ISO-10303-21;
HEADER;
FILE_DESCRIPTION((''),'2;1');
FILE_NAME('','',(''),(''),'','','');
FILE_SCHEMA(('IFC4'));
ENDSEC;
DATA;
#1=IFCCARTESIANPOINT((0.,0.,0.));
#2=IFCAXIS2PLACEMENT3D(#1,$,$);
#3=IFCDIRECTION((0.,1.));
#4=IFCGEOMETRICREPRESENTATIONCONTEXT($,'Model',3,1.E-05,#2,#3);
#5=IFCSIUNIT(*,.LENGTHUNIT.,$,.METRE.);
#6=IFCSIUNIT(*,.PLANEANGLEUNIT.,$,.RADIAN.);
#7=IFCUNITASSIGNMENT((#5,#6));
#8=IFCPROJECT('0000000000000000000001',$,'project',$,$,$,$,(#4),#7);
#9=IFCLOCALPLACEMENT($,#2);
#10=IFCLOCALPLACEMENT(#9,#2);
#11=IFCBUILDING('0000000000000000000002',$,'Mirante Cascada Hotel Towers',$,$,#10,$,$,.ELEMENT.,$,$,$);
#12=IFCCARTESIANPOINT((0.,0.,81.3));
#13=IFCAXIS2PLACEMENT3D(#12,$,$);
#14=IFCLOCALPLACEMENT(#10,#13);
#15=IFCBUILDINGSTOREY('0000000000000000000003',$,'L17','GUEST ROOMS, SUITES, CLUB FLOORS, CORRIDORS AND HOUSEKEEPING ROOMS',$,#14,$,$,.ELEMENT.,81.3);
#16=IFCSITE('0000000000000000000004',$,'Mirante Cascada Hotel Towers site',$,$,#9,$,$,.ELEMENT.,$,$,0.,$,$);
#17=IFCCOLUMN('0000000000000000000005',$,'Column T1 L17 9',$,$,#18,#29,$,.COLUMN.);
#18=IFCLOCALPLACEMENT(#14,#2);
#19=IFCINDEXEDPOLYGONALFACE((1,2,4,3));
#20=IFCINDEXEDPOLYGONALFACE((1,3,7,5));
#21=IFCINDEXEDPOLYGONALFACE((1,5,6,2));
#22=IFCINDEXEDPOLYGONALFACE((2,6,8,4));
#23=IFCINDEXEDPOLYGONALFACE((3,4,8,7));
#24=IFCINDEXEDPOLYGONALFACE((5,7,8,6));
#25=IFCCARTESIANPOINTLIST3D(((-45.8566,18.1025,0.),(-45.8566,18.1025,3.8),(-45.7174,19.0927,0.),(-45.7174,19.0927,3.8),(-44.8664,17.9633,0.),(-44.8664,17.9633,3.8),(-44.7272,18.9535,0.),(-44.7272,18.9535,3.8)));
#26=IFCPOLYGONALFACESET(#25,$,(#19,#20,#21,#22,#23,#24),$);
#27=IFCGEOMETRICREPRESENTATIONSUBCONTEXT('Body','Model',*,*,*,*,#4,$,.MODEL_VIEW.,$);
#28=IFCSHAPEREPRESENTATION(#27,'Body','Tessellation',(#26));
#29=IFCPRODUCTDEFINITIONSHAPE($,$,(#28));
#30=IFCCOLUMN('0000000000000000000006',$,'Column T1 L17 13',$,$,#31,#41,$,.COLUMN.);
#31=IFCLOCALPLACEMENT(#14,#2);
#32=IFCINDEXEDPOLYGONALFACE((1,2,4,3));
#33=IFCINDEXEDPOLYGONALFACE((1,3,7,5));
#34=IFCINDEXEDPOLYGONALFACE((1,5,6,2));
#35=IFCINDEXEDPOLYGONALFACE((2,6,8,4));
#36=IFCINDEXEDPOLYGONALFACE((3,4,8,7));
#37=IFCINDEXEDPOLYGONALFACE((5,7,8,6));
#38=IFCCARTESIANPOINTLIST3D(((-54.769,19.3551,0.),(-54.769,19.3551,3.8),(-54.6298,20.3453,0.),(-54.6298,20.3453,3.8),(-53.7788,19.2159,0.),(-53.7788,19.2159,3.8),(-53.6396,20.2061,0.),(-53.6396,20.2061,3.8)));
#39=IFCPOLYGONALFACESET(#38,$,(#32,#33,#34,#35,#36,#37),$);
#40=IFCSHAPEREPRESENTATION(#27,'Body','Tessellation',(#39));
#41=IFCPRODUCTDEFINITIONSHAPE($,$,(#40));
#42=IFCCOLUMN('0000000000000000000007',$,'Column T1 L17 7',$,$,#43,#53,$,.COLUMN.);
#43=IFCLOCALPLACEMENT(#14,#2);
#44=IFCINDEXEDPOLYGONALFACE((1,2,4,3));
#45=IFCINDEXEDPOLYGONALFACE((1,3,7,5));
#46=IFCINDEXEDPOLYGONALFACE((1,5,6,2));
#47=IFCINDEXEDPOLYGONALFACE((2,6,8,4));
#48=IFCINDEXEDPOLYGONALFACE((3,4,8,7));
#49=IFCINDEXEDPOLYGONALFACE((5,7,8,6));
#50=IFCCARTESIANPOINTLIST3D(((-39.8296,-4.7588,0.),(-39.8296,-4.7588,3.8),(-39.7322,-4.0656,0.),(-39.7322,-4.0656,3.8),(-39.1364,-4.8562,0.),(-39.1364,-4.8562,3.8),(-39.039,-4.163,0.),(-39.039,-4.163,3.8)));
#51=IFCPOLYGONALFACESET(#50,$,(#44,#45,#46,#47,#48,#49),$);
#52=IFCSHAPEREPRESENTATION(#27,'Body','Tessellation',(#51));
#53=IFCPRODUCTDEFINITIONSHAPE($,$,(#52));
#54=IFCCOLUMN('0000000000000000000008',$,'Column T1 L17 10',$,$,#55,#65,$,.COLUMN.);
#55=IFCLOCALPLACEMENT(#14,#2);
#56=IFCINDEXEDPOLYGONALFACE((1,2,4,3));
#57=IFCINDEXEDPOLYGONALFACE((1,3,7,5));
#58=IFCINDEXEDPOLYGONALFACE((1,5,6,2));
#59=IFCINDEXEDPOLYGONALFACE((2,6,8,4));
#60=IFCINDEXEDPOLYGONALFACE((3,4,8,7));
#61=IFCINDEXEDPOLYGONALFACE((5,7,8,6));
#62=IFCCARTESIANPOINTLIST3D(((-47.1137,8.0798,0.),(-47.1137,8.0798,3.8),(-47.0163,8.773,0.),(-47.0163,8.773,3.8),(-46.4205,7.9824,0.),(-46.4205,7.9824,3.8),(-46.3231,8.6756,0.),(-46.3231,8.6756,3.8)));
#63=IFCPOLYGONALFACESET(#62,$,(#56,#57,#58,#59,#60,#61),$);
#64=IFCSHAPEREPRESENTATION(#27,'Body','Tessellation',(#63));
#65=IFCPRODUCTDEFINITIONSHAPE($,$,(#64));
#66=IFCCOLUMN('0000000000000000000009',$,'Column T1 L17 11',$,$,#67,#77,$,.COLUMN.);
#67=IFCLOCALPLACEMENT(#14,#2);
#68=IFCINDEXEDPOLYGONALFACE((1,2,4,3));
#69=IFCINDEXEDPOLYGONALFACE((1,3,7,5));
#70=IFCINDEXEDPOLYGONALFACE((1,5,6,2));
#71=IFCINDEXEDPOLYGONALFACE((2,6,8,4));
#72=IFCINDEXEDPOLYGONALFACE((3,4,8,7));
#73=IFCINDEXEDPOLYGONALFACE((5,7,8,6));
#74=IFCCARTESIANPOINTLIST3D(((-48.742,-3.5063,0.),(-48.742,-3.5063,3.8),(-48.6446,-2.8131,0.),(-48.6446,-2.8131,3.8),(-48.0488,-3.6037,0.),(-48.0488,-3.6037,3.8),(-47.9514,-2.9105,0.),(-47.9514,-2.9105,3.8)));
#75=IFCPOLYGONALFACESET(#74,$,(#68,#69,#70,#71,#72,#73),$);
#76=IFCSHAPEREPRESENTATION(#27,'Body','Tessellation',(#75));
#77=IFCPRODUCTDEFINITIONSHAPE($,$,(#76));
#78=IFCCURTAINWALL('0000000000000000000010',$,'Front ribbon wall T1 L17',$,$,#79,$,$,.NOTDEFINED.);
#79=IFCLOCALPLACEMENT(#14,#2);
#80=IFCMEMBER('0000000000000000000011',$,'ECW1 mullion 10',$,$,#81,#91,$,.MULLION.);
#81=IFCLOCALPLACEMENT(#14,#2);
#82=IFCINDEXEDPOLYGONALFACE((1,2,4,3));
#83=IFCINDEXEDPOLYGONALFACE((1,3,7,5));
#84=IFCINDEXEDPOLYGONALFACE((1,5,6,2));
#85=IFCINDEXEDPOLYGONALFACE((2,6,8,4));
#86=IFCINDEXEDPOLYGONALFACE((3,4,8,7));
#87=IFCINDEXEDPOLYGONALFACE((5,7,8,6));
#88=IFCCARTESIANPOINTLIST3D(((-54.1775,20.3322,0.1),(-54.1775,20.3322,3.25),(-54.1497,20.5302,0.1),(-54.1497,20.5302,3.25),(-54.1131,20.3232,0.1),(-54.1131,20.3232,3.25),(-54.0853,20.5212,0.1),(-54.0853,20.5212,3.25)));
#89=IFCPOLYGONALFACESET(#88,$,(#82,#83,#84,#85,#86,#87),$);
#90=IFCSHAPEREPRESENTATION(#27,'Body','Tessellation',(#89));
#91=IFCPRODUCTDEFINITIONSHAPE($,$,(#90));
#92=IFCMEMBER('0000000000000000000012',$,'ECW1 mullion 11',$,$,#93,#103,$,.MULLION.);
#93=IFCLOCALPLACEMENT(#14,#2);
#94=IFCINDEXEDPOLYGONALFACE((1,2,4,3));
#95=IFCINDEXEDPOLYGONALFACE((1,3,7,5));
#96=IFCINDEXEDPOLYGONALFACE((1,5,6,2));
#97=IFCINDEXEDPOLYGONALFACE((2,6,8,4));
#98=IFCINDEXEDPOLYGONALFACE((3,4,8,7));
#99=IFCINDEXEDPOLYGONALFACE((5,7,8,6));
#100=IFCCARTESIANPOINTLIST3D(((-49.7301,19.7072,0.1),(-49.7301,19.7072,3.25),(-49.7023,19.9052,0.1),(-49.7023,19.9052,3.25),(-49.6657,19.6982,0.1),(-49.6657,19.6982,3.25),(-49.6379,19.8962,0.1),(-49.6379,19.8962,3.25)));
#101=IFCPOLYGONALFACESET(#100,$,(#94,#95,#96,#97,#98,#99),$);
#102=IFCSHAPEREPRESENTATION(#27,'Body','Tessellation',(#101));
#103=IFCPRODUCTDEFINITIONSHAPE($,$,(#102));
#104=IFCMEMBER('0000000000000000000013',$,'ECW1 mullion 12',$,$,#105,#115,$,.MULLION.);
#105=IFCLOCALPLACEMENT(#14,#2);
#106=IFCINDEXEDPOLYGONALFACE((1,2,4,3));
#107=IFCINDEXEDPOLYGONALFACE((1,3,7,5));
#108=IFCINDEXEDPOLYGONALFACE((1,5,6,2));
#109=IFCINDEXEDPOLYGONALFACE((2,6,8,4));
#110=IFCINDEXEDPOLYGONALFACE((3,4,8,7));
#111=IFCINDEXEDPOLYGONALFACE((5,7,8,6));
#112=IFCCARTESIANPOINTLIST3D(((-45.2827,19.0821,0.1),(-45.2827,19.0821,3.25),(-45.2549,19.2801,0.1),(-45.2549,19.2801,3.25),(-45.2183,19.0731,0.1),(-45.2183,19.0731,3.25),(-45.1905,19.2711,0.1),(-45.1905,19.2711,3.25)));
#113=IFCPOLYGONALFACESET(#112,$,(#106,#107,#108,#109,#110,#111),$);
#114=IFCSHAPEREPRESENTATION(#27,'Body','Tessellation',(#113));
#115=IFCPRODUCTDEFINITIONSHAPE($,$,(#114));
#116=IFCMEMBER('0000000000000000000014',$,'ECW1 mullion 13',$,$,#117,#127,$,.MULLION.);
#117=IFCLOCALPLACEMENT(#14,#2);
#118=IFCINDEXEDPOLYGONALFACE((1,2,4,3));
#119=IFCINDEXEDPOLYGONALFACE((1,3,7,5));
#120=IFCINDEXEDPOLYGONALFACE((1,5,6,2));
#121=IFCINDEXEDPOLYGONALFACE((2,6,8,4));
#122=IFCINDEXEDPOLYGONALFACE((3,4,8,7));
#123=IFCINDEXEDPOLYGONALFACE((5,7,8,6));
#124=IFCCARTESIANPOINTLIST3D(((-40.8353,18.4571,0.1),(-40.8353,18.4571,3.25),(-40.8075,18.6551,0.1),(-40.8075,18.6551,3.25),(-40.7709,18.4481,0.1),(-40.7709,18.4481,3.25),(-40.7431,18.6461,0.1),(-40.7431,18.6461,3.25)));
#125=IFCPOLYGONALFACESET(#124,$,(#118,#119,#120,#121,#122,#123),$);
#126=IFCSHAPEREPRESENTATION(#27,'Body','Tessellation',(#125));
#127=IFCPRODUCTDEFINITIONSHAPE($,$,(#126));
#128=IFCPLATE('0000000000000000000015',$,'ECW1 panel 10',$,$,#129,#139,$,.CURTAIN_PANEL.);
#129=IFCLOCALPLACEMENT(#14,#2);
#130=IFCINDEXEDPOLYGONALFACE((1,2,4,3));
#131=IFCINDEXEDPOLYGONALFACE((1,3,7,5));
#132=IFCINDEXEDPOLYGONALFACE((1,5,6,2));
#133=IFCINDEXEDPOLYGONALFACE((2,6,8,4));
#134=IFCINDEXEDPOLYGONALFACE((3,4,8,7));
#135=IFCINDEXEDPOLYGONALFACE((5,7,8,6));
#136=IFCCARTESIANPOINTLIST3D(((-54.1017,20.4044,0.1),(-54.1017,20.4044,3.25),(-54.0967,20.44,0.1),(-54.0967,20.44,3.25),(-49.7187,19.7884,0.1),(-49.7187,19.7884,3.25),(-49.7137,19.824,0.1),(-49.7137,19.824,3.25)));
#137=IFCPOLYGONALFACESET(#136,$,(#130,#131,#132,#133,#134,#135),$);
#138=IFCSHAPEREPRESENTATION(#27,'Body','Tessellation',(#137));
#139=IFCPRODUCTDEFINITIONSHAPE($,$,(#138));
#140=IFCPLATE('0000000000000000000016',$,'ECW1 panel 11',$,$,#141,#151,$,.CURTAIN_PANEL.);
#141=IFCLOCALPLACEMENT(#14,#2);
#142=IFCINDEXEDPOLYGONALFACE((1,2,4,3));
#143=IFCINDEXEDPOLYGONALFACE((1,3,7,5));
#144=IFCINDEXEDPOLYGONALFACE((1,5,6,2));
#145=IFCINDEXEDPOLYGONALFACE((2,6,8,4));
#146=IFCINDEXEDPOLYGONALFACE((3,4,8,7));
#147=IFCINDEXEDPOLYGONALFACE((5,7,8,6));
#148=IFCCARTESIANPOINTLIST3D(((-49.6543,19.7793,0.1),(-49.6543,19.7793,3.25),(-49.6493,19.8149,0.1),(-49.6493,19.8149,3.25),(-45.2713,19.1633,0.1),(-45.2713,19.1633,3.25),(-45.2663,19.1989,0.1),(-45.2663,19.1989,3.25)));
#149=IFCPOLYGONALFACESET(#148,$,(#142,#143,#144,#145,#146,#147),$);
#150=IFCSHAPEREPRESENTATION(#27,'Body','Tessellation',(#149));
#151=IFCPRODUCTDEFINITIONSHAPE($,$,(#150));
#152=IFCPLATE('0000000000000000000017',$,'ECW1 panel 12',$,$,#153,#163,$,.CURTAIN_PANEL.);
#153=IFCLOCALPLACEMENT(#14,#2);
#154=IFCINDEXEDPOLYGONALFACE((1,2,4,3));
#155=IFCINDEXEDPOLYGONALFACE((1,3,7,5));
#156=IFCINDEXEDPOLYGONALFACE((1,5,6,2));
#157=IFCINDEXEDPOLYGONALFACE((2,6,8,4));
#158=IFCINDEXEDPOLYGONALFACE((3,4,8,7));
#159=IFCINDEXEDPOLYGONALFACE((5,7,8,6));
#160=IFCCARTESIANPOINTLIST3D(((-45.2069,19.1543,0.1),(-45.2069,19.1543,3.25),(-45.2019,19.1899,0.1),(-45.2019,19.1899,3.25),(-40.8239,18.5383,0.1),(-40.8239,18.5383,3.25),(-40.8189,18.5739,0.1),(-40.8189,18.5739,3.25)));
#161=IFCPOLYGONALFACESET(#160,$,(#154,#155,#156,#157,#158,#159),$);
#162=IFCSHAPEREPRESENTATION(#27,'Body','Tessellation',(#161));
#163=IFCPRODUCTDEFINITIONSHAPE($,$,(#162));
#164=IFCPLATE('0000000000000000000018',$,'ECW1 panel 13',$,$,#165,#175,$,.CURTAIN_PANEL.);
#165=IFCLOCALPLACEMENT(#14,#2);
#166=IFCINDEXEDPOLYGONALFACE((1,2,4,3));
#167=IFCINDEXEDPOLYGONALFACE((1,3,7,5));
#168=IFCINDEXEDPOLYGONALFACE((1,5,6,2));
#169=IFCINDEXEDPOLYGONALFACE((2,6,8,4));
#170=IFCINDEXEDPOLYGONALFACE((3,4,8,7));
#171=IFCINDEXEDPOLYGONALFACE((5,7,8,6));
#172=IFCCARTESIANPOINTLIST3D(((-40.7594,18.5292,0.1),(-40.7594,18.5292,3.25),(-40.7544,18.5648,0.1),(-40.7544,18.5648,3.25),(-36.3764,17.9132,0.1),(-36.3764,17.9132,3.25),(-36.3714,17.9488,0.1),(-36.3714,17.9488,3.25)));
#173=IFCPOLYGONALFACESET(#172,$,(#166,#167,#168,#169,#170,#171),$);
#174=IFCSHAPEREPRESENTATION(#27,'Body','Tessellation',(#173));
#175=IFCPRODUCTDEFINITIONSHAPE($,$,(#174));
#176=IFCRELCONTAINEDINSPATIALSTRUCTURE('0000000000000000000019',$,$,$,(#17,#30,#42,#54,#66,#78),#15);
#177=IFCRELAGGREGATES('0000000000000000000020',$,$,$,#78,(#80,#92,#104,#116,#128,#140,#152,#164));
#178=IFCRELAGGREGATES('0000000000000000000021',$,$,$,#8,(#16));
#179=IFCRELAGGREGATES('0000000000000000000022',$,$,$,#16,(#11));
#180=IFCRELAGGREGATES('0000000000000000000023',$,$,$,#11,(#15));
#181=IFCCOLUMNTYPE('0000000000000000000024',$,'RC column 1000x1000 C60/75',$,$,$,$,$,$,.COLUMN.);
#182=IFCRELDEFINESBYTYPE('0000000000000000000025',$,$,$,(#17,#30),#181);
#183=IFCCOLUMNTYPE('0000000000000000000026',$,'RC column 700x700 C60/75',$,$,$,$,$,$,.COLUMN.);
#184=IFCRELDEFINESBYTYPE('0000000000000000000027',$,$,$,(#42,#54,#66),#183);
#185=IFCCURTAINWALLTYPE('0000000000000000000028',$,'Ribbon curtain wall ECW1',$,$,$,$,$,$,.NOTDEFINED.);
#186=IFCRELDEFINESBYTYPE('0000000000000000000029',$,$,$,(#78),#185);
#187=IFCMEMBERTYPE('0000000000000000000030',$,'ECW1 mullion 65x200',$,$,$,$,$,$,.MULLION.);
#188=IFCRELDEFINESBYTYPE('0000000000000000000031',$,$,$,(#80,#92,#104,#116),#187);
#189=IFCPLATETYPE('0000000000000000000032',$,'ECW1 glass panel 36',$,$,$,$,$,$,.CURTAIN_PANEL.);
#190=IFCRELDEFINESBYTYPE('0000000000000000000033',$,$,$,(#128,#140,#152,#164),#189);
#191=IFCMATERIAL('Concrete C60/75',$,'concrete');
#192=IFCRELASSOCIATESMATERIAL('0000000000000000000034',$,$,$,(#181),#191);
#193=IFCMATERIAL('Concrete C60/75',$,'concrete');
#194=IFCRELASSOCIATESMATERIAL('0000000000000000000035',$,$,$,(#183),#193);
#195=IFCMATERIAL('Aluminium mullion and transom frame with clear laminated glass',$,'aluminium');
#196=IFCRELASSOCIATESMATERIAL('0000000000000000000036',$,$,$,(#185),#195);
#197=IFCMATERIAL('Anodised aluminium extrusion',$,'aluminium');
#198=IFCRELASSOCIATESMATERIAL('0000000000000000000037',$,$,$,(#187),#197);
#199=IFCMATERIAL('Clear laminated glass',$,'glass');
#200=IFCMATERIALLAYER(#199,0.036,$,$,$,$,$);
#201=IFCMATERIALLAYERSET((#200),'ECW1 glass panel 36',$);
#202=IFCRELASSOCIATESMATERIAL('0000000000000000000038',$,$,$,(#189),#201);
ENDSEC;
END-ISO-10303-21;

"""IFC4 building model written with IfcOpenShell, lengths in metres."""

from ifc_helpers import new_model, si_unit, direction, frame, origin, origin_2d, place, context, subcontext, project, spatial, rectangle, extrude, material, layer, layer_set, material_profile, profile_set, type_object, element, aggregate, save


model = new_model("IFC4")

# Units and contexts
model_context = context("Model", 3, precision=1e-05, world=origin(), true_north=direction((0.0, 1.0)))
body_context = subcontext(model_context, "Body", "Model", "MODEL_VIEW")
ifc_project = project(units=[si_unit("LENGTHUNIT", "METRE"), si_unit("PLANEANGLEUNIT", "RADIAN")], contexts=[model_context])

# Site, building, storey
site_placement = place(None, origin())
site = spatial("IfcSite", under=ifc_project, at=site_placement, Name="Mirante Cascada Hotel Towers site", CompositionType="ELEMENT", RefElevation=0.0)
building_placement = place(site_placement, origin())
building = spatial("IfcBuilding", under=site, at=building_placement, Name="Mirante Cascada Hotel Towers", CompositionType="ELEMENT")
storey_placement = place(building_placement, frame((0.0, 0.0, 81.3)))
storey = spatial("IfcBuildingStorey", under=building, at=storey_placement, Name="L17", Description="GUEST ROOMS, SUITES, CLUB FLOORS, CORRIDORS AND HOUSEKEEPING ROOMS", CompositionType="ELEMENT", Elevation=81.3)

# Columns
ifc_material_1 = material(Name="Concrete C60/75", Category="concrete")
ifc_material_profile_1 = material_profile(ifc_material_1, rectangle(XDim=1.0, YDim=1.0, at=origin_2d()), Name="RC column 1000x1000 C60/75")
ifc_profile_set_1 = profile_set([ifc_material_profile_1], Name="Concrete C60/75")
column_type_1 = type_object("IfcColumnType", Name="RC column 1000x1000 C60/75", PredefinedType="COLUMN", material=ifc_profile_set_1)
for number, where, z_axis, x_axis, name in (
    (1, (-45.2919, 18.528, 0.0), (0.0, 0.0, 1.0), (-0.990268, 0.139173, 0.0), "Column T1 L17 9"),
    (2, (-54.2043, 19.7806, 0.0), (0.0, 0.0, 1.0), (-0.990268, 0.139173, 0.0), "Column T1 L17 13"),
):
    element("IfcColumn", number, at=place(storey_placement, frame(where, z_axis=z_axis, x_axis=x_axis)), inside=storey, type_object=column_type_1, Name=name, PredefinedType="COLUMN", context=body_context, shape_type="SweptSolid", body=[
        extrude(rectangle(XDim=1.0, YDim=1.0, at=origin_2d()), origin(), (0.0, 0.0, 1.0), 3.8),
    ])
ifc_material_2 = material(Name="Concrete C60/75", Category="concrete")
ifc_material_profile_2 = material_profile(ifc_material_2, rectangle(XDim=0.7, YDim=0.7, at=origin_2d()), Name="RC column 700x700 C60/75")
ifc_profile_set_2 = profile_set([ifc_material_profile_2], Name="Concrete C60/75")
column_type_2 = type_object("IfcColumnType", Name="RC column 700x700 C60/75", PredefinedType="COLUMN", material=ifc_profile_set_2)
for number, where, z_axis, x_axis, name in (
    (3, (-39.4343, -4.4609, 0.0), (0.0, 0.0, 1.0), (-0.990268, 0.139173, 0.0), "Column T1 L17 7"),
    (4, (-46.7184, 8.3777, 0.0), (0.0, 0.0, 1.0), (-0.990268, 0.139173, 0.0), "Column T1 L17 10"),
    (5, (-48.3467, -3.2084, 0.0), (0.0, 0.0, 1.0), (-0.990268, 0.139173, 0.0), "Column T1 L17 11"),
):
    element("IfcColumn", number, at=place(storey_placement, frame(where, z_axis=z_axis, x_axis=x_axis)), inside=storey, type_object=column_type_2, Name=name, PredefinedType="COLUMN", context=body_context, shape_type="SweptSolid", body=[
        extrude(rectangle(XDim=0.7, YDim=0.7, at=origin_2d()), origin(), (0.0, 0.0, 1.0), 3.8),
    ])

# Curtain wall, members, plates
ifc_material_3 = material(Name="Aluminium mullion and transom frame with clear laminated glass", Category="aluminium")
curtain_wall_type = type_object("IfcCurtainWallType", Name="Ribbon curtain wall ECW1", PredefinedType="NOTDEFINED", material=ifc_material_3)
curtain_wall_placement = place(storey_placement, origin())
curtain_wall = element("IfcCurtainWall", 6, at=curtain_wall_placement, inside=storey, type_object=curtain_wall_type, Name="Front ribbon wall T1 L17", PredefinedType="NOTDEFINED")
ifc_material_4 = material(Name="Anodised aluminium extrusion", Category="aluminium")
ifc_material_profile_3 = material_profile(ifc_material_4, rectangle(XDim=0.2, YDim=0.065, at=origin_2d()), Name="ECW1 MULLION 65x200")
ifc_profile_set_3 = profile_set([ifc_material_profile_3], Name="Anodised aluminium extrusion")
member_type = type_object("IfcMemberType", Name="ECW1 mullion 65x200", PredefinedType="MULLION", material=ifc_profile_set_3)
member_1_placement = place(storey_placement, frame((-54.1314, 20.4267, 0.1), z_axis=(0.0, 0.0, 1.0), x_axis=(0.139173, 0.990268, 0.0)))
member_1 = element("IfcMember", 7, at=member_1_placement, type_object=member_type, Name="ECW1 mullion 10", PredefinedType="MULLION", context=body_context, shape_type="SweptSolid", body=[
    extrude(rectangle(XDim=0.2, YDim=0.065, at=origin_2d()), origin(), (0.0, 0.0, 1.0), 3.15),
])
member_2_placement = place(storey_placement, frame((-49.684, 19.8017, 0.1), z_axis=(0.0, 0.0, 1.0), x_axis=(0.139173, 0.990268, 0.0)))
member_2 = element("IfcMember", 8, at=member_2_placement, type_object=member_type, Name="ECW1 mullion 11", PredefinedType="MULLION", context=body_context, shape_type="SweptSolid", body=[
    extrude(rectangle(XDim=0.2, YDim=0.065, at=origin_2d()), origin(), (0.0, 0.0, 1.0), 3.15),
])
member_3_placement = place(storey_placement, frame((-45.2366, 19.1766, 0.1), z_axis=(0.0, 0.0, 1.0), x_axis=(0.139173, 0.990268, 0.0)))
member_3 = element("IfcMember", 9, at=member_3_placement, type_object=member_type, Name="ECW1 mullion 12", PredefinedType="MULLION", context=body_context, shape_type="SweptSolid", body=[
    extrude(rectangle(XDim=0.2, YDim=0.065, at=origin_2d()), origin(), (0.0, 0.0, 1.0), 3.15),
])
member_4_placement = place(storey_placement, frame((-40.7892, 18.5516, 0.1), z_axis=(0.0, 0.0, 1.0), x_axis=(0.139173, 0.990268, 0.0)))
member_4 = element("IfcMember", 10, at=member_4_placement, type_object=member_type, Name="ECW1 mullion 13", PredefinedType="MULLION", context=body_context, shape_type="SweptSolid", body=[
    extrude(rectangle(XDim=0.2, YDim=0.065, at=origin_2d()), origin(), (0.0, 0.0, 1.0), 3.15),
])
ifc_material_5 = material(Name="Clear laminated glass", Category="glass")
ifc_layer_1 = layer(ifc_material_5, 0.036)
ifc_layer_set_1 = layer_set([ifc_layer_1], Name="ECW1 glass panel 36")
plate_type = type_object("IfcPlateType", Name="ECW1 glass panel 36", PredefinedType="CURTAIN_PANEL", material=ifc_layer_set_1)
plate_1_placement = place(storey_placement, frame((-51.9077, 20.1142, 0.1), z_axis=(0.0, 0.0, 1.0), x_axis=(0.990268, -0.139173, 0.0)))
plate_1 = element("IfcPlate", 11, at=plate_1_placement, type_object=plate_type, Name="ECW1 panel 10", PredefinedType="CURTAIN_PANEL", context=body_context, shape_type="SweptSolid", body=[
    extrude(rectangle(XDim=4.4261, YDim=0.036, at=origin_2d()), origin(), (0.0, 0.0, 1.0), 3.15),
])
plate_2_placement = place(storey_placement, frame((-47.4603, 19.4891, 0.1), z_axis=(0.0, 0.0, 1.0), x_axis=(0.990268, -0.139173, 0.0)))
plate_2 = element("IfcPlate", 12, at=plate_2_placement, type_object=plate_type, Name="ECW1 panel 11", PredefinedType="CURTAIN_PANEL", context=body_context, shape_type="SweptSolid", body=[
    extrude(rectangle(XDim=4.4261, YDim=0.036, at=origin_2d()), origin(), (0.0, 0.0, 1.0), 3.15),
])
plate_3_placement = place(storey_placement, frame((-43.0129, 18.8641, 0.1), z_axis=(0.0, 0.0, 1.0), x_axis=(0.990268, -0.139173, 0.0)))
plate_3 = element("IfcPlate", 13, at=plate_3_placement, type_object=plate_type, Name="ECW1 panel 12", PredefinedType="CURTAIN_PANEL", context=body_context, shape_type="SweptSolid", body=[
    extrude(rectangle(XDim=4.4261, YDim=0.036, at=origin_2d()), origin(), (0.0, 0.0, 1.0), 3.15),
])
plate_4_placement = place(storey_placement, frame((-38.5654, 18.239, 0.1), z_axis=(0.0, 0.0, 1.0), x_axis=(0.990268, -0.139173, 0.0)))
plate_4 = element("IfcPlate", 14, at=plate_4_placement, type_object=plate_type, Name="ECW1 panel 13", PredefinedType="CURTAIN_PANEL", context=body_context, shape_type="SweptSolid", body=[
    extrude(rectangle(XDim=4.4261, YDim=0.036, at=origin_2d()), origin(), (0.0, 0.0, 1.0), 3.15),
])
aggregate(curtain_wall, [member_1, member_2, member_3, member_4, plate_1, plate_2, plate_3, plate_4])

save(model, "model.ifc")
